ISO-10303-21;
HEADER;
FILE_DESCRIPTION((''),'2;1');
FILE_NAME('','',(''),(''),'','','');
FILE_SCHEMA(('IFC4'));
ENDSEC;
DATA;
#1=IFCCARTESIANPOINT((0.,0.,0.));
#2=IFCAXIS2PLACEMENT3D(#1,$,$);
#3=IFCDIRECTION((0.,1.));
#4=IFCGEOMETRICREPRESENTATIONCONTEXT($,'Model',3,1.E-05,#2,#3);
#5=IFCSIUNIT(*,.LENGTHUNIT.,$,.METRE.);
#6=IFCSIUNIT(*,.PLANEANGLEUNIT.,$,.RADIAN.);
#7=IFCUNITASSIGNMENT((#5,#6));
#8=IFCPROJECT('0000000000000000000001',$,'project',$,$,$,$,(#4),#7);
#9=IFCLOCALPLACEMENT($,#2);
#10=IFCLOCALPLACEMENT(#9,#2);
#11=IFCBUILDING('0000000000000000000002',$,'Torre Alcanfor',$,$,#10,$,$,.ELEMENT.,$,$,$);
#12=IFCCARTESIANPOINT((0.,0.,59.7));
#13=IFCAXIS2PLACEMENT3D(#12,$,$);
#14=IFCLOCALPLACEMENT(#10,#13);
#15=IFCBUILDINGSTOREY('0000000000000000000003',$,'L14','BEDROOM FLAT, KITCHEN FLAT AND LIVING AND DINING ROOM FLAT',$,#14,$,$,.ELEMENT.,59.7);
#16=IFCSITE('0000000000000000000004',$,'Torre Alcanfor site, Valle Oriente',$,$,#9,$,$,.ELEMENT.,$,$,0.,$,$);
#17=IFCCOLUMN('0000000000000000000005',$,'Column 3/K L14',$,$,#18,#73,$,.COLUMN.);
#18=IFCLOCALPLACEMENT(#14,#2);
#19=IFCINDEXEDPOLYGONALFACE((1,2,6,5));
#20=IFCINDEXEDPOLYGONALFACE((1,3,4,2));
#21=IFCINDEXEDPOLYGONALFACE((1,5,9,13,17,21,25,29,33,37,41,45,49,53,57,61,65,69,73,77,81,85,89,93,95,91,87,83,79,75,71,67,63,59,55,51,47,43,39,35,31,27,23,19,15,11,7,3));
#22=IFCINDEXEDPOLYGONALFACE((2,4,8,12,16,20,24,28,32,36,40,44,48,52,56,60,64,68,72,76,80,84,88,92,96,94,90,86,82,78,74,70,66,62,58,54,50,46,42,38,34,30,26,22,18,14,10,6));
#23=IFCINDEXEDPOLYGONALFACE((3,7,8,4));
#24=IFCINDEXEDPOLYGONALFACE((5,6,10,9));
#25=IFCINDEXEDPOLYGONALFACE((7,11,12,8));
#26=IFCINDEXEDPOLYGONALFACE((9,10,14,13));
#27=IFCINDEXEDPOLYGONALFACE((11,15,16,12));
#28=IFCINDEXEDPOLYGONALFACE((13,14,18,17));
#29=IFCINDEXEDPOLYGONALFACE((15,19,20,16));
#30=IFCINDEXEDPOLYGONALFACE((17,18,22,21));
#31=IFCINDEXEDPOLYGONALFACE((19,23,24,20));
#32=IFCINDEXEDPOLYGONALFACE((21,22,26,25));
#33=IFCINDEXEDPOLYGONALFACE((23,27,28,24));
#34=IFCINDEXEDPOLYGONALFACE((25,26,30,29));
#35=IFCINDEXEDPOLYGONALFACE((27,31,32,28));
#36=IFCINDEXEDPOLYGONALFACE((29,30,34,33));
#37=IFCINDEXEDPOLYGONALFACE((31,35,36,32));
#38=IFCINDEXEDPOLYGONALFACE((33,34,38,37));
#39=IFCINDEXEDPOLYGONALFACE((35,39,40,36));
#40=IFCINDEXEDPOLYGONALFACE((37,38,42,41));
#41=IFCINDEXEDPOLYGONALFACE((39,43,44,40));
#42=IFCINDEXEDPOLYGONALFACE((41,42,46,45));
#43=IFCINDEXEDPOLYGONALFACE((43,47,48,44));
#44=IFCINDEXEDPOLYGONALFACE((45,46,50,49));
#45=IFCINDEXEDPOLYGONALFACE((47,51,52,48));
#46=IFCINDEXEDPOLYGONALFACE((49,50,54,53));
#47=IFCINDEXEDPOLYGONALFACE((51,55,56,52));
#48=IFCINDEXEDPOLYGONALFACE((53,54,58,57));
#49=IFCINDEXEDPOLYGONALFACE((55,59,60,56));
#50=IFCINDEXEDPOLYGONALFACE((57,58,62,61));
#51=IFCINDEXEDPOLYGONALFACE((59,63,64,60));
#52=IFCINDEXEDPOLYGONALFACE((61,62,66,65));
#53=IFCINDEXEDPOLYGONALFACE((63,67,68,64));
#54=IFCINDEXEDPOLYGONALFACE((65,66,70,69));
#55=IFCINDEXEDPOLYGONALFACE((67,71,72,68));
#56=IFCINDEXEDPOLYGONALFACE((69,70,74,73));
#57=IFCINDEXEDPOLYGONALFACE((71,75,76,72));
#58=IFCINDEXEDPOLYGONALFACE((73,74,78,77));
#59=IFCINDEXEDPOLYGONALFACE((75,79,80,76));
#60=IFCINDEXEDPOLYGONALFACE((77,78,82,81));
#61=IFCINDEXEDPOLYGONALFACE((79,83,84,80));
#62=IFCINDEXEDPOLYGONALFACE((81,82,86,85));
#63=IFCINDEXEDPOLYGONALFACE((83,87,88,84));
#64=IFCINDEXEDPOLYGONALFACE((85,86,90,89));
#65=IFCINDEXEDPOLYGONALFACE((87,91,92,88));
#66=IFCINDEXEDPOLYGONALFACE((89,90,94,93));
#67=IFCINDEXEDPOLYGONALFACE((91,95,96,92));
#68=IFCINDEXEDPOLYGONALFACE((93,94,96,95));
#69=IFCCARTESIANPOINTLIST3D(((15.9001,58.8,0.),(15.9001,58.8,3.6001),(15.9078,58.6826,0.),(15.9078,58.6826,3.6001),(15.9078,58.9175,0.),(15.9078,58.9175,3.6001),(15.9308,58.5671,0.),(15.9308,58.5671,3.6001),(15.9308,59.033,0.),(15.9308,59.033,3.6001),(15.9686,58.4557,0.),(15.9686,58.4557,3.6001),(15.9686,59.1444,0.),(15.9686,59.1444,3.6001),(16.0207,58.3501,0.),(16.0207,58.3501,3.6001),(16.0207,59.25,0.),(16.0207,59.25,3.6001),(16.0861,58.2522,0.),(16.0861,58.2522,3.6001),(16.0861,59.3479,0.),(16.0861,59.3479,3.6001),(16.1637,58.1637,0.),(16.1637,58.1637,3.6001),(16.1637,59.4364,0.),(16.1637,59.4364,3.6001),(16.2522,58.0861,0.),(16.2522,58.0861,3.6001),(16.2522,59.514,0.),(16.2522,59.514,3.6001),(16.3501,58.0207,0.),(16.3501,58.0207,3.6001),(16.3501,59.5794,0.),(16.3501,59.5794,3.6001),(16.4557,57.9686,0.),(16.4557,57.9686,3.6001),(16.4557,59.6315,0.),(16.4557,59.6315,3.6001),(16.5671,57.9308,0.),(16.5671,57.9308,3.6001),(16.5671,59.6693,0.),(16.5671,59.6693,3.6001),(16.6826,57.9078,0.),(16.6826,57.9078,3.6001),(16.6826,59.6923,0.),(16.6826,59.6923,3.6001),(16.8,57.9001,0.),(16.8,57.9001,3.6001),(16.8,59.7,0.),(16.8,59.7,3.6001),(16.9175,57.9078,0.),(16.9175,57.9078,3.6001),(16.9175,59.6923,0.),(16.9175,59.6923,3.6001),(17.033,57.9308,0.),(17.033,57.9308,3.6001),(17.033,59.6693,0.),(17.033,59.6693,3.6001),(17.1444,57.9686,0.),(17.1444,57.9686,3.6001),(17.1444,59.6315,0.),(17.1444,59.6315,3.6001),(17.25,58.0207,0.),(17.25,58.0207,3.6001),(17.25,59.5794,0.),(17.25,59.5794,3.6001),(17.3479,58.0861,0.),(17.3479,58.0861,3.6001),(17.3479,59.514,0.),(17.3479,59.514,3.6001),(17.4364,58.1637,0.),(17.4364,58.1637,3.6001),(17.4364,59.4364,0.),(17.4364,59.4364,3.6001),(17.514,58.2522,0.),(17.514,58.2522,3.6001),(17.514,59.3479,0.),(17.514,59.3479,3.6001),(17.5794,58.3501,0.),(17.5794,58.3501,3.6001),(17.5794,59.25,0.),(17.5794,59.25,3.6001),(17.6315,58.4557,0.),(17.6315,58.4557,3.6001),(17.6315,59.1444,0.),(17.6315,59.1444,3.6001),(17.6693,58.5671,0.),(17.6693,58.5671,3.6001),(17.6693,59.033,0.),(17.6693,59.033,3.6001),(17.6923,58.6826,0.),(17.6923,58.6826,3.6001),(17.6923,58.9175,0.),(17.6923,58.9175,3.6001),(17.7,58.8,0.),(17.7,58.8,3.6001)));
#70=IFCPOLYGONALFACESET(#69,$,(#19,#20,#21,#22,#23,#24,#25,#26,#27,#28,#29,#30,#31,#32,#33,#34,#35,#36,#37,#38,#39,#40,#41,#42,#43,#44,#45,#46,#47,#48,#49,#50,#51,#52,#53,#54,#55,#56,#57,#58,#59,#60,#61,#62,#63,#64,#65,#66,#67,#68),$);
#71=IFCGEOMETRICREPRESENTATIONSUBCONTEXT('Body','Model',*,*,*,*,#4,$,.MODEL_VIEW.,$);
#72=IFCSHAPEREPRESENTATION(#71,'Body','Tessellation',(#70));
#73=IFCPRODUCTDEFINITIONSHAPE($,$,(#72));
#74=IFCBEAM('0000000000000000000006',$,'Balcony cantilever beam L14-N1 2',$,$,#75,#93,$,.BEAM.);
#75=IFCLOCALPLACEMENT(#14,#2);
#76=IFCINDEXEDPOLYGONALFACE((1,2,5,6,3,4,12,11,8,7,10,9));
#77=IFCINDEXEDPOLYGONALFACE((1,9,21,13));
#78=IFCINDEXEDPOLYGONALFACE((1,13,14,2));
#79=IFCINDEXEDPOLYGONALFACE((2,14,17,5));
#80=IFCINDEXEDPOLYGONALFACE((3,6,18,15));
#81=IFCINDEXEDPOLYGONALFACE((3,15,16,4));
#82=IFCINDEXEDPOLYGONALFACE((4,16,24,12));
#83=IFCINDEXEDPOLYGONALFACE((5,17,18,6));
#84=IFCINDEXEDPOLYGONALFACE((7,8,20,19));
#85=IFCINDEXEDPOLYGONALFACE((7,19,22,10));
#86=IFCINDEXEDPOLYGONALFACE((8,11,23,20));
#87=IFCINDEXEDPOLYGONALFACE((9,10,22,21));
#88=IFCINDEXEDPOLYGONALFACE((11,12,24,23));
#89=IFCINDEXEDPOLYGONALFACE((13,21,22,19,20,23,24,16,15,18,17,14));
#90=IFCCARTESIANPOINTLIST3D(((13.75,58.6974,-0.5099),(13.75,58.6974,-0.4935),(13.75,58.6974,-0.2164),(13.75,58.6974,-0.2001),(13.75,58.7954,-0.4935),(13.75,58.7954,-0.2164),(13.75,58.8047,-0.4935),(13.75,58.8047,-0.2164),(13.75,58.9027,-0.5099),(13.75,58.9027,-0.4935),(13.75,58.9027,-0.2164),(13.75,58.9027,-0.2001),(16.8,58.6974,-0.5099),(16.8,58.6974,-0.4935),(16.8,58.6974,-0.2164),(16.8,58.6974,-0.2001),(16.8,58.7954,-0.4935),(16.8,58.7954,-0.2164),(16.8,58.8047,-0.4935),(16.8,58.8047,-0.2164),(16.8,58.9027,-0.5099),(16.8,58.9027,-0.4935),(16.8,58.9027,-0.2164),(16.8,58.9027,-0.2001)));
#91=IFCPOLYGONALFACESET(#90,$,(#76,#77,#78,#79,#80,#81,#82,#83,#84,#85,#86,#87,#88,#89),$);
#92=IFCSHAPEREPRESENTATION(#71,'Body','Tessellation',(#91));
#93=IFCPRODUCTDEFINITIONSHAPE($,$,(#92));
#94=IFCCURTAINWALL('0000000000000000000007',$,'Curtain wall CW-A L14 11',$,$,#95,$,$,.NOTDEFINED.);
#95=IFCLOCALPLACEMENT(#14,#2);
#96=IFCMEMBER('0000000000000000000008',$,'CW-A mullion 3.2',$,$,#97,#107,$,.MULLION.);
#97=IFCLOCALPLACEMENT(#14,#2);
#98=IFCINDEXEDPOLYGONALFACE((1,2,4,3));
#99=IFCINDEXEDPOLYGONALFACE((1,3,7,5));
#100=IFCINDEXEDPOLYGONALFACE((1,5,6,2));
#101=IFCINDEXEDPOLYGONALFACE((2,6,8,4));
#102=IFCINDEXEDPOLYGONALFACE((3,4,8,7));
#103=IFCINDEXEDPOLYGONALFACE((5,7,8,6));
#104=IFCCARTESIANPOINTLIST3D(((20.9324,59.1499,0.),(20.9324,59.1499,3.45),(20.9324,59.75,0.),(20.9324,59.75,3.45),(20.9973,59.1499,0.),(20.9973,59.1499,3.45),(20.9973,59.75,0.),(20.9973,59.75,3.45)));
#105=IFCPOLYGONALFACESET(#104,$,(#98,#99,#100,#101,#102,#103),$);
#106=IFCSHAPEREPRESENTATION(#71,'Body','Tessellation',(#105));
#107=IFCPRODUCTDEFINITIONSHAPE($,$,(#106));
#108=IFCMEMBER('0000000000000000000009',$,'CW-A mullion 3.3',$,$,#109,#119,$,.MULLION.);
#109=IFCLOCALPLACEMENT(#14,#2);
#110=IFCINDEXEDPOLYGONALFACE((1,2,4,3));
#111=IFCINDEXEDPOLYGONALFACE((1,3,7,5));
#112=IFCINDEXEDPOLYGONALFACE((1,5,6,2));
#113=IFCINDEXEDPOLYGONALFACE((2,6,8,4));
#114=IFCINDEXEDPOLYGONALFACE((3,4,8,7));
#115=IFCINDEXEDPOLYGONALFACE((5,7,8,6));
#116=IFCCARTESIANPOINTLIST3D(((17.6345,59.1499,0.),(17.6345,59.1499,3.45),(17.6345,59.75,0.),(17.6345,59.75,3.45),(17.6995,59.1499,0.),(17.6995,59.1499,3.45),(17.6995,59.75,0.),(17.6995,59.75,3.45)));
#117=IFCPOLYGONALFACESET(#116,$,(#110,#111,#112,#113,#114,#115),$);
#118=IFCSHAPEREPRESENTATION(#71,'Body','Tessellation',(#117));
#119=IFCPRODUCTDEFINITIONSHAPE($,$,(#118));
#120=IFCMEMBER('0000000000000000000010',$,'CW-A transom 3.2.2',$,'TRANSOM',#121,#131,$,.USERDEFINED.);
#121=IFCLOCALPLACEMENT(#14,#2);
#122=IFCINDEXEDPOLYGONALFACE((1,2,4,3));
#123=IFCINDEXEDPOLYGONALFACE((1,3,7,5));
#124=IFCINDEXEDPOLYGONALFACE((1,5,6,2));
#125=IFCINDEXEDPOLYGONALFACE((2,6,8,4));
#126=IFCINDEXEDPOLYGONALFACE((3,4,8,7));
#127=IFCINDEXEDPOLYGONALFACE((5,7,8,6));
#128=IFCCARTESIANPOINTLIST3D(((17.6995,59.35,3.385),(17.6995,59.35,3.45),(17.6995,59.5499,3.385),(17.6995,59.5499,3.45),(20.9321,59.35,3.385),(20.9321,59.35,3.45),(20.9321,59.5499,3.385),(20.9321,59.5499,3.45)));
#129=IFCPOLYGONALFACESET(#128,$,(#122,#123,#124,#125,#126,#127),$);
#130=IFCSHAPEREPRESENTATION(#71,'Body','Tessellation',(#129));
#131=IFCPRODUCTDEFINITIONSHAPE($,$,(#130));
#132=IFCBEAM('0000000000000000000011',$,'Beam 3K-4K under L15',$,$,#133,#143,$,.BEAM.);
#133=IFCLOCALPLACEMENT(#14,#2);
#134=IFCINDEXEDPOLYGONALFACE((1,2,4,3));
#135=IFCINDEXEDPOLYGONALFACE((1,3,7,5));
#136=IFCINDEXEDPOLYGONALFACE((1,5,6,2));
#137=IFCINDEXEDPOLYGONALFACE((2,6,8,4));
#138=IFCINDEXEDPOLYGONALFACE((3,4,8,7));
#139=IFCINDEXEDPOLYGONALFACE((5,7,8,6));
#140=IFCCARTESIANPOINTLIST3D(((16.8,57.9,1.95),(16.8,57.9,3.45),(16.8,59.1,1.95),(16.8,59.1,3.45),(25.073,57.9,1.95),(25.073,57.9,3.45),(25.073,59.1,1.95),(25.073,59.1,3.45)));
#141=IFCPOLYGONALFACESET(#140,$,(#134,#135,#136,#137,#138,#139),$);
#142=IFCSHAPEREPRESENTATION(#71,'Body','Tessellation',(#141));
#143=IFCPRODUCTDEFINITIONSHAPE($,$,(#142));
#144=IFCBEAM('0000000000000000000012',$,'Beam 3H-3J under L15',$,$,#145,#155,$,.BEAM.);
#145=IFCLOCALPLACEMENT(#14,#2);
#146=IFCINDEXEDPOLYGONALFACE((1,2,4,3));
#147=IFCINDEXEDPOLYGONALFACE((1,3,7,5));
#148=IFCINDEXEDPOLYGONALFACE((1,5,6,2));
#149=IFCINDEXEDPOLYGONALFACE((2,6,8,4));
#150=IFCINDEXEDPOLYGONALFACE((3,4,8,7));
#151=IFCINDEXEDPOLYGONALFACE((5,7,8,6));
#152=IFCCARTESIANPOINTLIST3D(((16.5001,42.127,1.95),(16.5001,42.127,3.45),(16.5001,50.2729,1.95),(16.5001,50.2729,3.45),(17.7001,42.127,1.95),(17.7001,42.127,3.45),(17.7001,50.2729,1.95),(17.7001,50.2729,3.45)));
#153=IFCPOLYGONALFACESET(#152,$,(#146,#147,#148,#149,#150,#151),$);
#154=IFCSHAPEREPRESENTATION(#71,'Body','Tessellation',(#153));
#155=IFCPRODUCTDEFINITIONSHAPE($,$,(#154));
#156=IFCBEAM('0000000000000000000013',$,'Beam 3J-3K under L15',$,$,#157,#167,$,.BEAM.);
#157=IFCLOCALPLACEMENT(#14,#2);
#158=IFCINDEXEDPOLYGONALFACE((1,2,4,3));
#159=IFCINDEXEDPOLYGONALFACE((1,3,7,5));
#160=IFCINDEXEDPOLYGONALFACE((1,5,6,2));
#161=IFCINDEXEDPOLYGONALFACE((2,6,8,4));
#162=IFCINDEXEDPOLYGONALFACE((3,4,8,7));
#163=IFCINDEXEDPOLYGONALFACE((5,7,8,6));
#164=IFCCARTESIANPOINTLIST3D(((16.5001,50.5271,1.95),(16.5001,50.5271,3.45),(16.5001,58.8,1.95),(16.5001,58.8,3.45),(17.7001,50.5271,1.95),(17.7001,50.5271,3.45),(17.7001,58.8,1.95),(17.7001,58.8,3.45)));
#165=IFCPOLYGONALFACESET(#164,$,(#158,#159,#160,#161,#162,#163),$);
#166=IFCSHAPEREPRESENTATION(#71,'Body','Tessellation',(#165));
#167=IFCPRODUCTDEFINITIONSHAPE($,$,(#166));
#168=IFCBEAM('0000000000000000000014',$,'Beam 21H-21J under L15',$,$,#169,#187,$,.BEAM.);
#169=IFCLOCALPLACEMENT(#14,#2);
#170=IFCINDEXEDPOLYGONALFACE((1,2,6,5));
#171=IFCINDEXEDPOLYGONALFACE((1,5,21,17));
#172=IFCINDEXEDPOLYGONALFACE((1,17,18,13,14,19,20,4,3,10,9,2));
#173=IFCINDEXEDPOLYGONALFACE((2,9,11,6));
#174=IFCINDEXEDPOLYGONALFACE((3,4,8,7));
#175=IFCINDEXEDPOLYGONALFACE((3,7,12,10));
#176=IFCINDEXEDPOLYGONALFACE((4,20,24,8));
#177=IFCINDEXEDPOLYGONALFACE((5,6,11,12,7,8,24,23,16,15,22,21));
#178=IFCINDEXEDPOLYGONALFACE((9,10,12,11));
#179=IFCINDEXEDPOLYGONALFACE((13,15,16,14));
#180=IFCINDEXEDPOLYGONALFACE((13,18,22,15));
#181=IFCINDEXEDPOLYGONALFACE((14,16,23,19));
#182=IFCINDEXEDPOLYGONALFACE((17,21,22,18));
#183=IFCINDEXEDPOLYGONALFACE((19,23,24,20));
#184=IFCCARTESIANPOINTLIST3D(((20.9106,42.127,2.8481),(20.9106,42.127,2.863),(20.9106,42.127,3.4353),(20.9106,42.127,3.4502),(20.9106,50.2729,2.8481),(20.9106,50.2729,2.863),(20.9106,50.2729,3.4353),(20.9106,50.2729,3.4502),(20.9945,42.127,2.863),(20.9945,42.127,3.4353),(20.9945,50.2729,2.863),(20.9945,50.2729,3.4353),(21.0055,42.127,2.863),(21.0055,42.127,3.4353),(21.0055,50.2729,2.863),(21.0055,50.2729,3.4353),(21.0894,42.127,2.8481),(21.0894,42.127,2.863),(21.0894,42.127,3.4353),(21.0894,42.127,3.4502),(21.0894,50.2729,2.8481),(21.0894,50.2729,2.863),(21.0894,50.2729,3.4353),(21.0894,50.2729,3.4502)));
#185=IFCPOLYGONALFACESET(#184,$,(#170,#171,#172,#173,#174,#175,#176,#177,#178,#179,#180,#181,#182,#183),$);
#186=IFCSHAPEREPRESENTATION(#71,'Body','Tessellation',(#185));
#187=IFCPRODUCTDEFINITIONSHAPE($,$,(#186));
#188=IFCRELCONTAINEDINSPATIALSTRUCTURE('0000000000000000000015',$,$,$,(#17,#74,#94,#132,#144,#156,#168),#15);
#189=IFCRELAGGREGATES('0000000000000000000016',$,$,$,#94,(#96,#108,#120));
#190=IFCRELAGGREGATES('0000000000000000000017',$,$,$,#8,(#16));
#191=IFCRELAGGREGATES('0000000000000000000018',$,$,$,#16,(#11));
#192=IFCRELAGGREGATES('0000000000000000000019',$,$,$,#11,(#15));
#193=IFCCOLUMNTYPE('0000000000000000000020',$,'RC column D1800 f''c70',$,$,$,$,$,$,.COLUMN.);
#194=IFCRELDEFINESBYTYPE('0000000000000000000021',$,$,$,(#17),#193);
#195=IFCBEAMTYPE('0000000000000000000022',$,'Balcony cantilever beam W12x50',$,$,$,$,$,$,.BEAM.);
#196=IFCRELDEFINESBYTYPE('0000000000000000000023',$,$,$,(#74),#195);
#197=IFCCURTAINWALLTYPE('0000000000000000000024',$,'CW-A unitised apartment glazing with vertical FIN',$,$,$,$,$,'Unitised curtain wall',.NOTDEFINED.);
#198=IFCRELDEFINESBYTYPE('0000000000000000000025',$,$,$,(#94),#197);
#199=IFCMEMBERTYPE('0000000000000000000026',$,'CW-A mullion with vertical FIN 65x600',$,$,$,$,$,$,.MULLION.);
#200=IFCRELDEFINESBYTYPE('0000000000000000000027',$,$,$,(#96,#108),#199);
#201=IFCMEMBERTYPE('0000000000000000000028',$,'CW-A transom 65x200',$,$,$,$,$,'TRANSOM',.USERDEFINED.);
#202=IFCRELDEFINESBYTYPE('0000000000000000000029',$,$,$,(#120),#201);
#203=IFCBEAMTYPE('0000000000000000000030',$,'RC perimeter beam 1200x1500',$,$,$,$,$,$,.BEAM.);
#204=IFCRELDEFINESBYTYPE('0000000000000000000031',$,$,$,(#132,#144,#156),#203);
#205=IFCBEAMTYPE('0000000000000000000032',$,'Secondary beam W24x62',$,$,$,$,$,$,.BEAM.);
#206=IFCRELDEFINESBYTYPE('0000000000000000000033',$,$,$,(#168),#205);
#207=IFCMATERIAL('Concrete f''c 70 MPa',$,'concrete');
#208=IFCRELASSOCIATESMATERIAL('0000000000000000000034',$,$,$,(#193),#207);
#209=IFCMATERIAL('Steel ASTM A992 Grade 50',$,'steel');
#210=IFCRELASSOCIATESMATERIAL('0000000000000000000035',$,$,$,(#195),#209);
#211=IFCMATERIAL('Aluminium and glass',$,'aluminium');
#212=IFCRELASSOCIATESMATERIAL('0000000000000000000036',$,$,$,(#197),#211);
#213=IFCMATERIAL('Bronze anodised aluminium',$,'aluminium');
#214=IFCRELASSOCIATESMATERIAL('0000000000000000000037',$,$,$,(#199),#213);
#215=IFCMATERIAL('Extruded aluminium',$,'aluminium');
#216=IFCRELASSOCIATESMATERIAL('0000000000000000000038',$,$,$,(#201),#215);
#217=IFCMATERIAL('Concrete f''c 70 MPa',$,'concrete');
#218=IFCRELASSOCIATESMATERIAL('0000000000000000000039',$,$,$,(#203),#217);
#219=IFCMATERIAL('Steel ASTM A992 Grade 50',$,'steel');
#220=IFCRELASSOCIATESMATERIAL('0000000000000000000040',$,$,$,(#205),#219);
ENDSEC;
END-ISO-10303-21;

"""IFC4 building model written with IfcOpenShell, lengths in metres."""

from ifc_helpers import new_model, si_unit, direction, frame, origin, origin_2d, place, context, subcontext, project, spatial, rectangle, circle, i_section, extrude, material, material_profile, profile_set, type_object, element, aggregate, save


model = new_model("IFC4")

# Units and contexts
model_context = context("Model", 3, precision=1e-05, world=origin(), true_north=direction((0.0, 1.0)))
body_context = subcontext(model_context, "Body", "Model", "MODEL_VIEW")
ifc_project = project(units=[si_unit("LENGTHUNIT", "METRE"), si_unit("PLANEANGLEUNIT", "RADIAN")], contexts=[model_context])

# Site, building, storey
site_placement = place(None, origin())
site = spatial("IfcSite", under=ifc_project, at=site_placement, Name="Torre Alcanfor site, Valle Oriente", CompositionType="ELEMENT", RefElevation=0.0)
building_placement = place(site_placement, origin())
building = spatial("IfcBuilding", under=site, at=building_placement, Name="Torre Alcanfor", CompositionType="ELEMENT")
storey_placement = place(building_placement, frame((0.0, 0.0, 59.7)))
storey = spatial("IfcBuildingStorey", under=building, at=storey_placement, Name="L14", Description="BEDROOM FLAT, KITCHEN FLAT AND LIVING AND DINING ROOM FLAT", CompositionType="ELEMENT", Elevation=59.7)

# Column
ifc_material_1 = material(Name="Concrete f'c 70 MPa", Category="concrete")
ifc_material_profile_1 = material_profile(ifc_material_1, circle(Radius=0.8999, at=origin_2d()), Name="D1800")
ifc_profile_set_1 = profile_set([ifc_material_profile_1], Name="Concrete f'c 70 MPa")
column_type = type_object("IfcColumnType", Name="RC column D1800 f'c70", PredefinedType="COLUMN", material=ifc_profile_set_1)
column_placement = place(storey_placement, frame((16.8, 58.8, 0.0), z_axis=(0.0, 0.0, 1.0), x_axis=(1.0, 0.0, 0.0)))
element("IfcColumn", 1, at=column_placement, inside=storey, type_object=column_type, Name="Column 3/K L14", PredefinedType="COLUMN", context=body_context, shape_type="SweptSolid", body=[
    extrude(circle(Radius=0.8999, at=origin_2d()), origin(), (0.0, 0.0, 1.0), 3.6001),
])

# Beam
ifc_material_2 = material(Name="Steel ASTM A992 Grade 50", Category="steel")
ifc_material_profile_2 = material_profile(ifc_material_2, i_section(OverallWidth=0.2053, OverallDepth=0.3098, WebThickness=0.0093, FlangeThickness=0.0164, at=origin_2d()), Name="W12x50")
ifc_profile_set_2 = profile_set([ifc_material_profile_2], Name="Steel ASTM A992 Grade 50")
beam_type_1 = type_object("IfcBeamType", Name="Balcony cantilever beam W12x50", PredefinedType="BEAM", material=ifc_profile_set_2)
beam_1_placement = place(storey_placement, frame((16.8, 58.8, -0.355), z_axis=(-1.0, 0.0, 0.0), x_axis=(0.0, -1.0, 0.0)))
element("IfcBeam", 2, at=beam_1_placement, inside=storey, type_object=beam_type_1, Name="Balcony cantilever beam L14-N1 2", PredefinedType="BEAM", context=body_context, shape_type="SweptSolid", body=[
    extrude(i_section(OverallWidth=0.2053, OverallDepth=0.3098, WebThickness=0.0093, FlangeThickness=0.0164, at=origin_2d()), origin(), (0.0, 0.0, 1.0), 3.05),
])

# Curtain wall, members
ifc_material_3 = material(Name="Aluminium and glass", Category="aluminium")
curtain_wall_type = type_object("IfcCurtainWallType", Name="CW-A unitised apartment glazing with vertical FIN", ElementType="Unitised curtain wall", PredefinedType="NOTDEFINED", material=ifc_material_3)
curtain_wall_placement = place(storey_placement, origin())
curtain_wall = element("IfcCurtainWall", 3, at=curtain_wall_placement, inside=storey, type_object=curtain_wall_type, Name="Curtain wall CW-A L14 11", PredefinedType="NOTDEFINED")
ifc_material_4 = material(Name="Bronze anodised aluminium", Category="aluminium")
ifc_material_profile_3 = material_profile(ifc_material_4, rectangle(XDim=0.6001, YDim=0.0649, at=origin_2d()), Name="CW-A mullion 65x600")
ifc_profile_set_3 = profile_set([ifc_material_profile_3], Name="Bronze anodised aluminium")
member_type_1 = type_object("IfcMemberType", Name="CW-A mullion with vertical FIN 65x600", PredefinedType="MULLION", material=ifc_profile_set_3)
member_1_placement = place(storey_placement, frame((20.9648, 59.45, 0.0), z_axis=(0.0, 0.0, 1.0), x_axis=(0.0, -1.0, 0.0)))
member_1 = element("IfcMember", 4, at=member_1_placement, type_object=member_type_1, Name="CW-A mullion 3.2", PredefinedType="MULLION", context=body_context, shape_type="SweptSolid", body=[
    extrude(rectangle(XDim=0.6001, YDim=0.0649, at=origin_2d()), origin(), (0.0, 0.0, 1.0), 3.45),
])
member_2_placement = place(storey_placement, frame((17.667, 59.45, 0.0), z_axis=(0.0, 0.0, 1.0), x_axis=(0.0, -1.0, 0.0)))
member_2 = element("IfcMember", 5, at=member_2_placement, type_object=member_type_1, Name="CW-A mullion 3.3", PredefinedType="MULLION", context=body_context, shape_type="SweptSolid", body=[
    extrude(rectangle(XDim=0.6001, YDim=0.0649, at=origin_2d()), origin(), (0.0, 0.0, 1.0), 3.45),
])
ifc_material_5 = material(Name="Extruded aluminium", Category="aluminium")
ifc_material_profile_4 = material_profile(ifc_material_5, rectangle(XDim=0.2, YDim=0.0649, at=origin_2d()), Name="CW-A transom 200x65")
ifc_profile_set_4 = profile_set([ifc_material_profile_4], Name="Extruded aluminium")
member_type_2 = type_object("IfcMemberType", Name="CW-A transom 65x200", ElementType="TRANSOM", PredefinedType="USERDEFINED", material=ifc_profile_set_4)
member_3_placement = place(storey_placement, frame((20.9321, 59.45, 3.4175), z_axis=(-1.0, 0.0, 0.0), x_axis=(0.0, -1.0, 0.0)))
member_3 = element("IfcMember", 6, at=member_3_placement, type_object=member_type_2, Name="CW-A transom 3.2.2", ObjectType="TRANSOM", PredefinedType="USERDEFINED", context=body_context, shape_type="SweptSolid", body=[
    extrude(rectangle(XDim=0.2, YDim=0.0649, at=origin_2d()), origin(), (0.0, 0.0, 1.0), 3.2327),
])

# Beams
ifc_material_6 = material(Name="Concrete f'c 70 MPa", Category="concrete")
ifc_material_profile_5 = material_profile(ifc_material_6, rectangle(XDim=1.2, YDim=1.5, at=origin_2d()), Name="1200x1500")
ifc_profile_set_5 = profile_set([ifc_material_profile_5], Name="Concrete f'c 70 MPa")
beam_type_2 = type_object("IfcBeamType", Name="RC perimeter beam 1200x1500", PredefinedType="BEAM", material=ifc_profile_set_5)
beam_2_placement = place(storey_placement, frame((16.8, 58.5, 2.7), z_axis=(1.0, 0.0, 0.0), x_axis=(0.0, 1.0, 0.0)))
element("IfcBeam", 7, at=beam_2_placement, inside=storey, type_object=beam_type_2, Name="Beam 3K-4K under L15", PredefinedType="BEAM", context=body_context, shape_type="SweptSolid", body=[
    extrude(rectangle(XDim=1.2, YDim=1.5, at=origin_2d()), origin(), (0.0, 0.0, 1.0), 8.2729),
])
beam_3_placement = place(storey_placement, frame((17.1001, 42.127, 2.7), z_axis=(0.0, 1.0, 0.0), x_axis=(-1.0, 0.0, 0.0)))
element("IfcBeam", 8, at=beam_3_placement, inside=storey, type_object=beam_type_2, Name="Beam 3H-3J under L15", PredefinedType="BEAM", context=body_context, shape_type="SweptSolid", body=[
    extrude(rectangle(XDim=1.2, YDim=1.5, at=origin_2d()), origin(), (0.0, 0.0, 1.0), 8.146),
])
beam_4_placement = place(storey_placement, frame((17.1001, 50.5271, 2.7), z_axis=(0.0, 1.0, 0.0), x_axis=(-1.0, 0.0, 0.0)))
element("IfcBeam", 9, at=beam_4_placement, inside=storey, type_object=beam_type_2, Name="Beam 3J-3K under L15", PredefinedType="BEAM", context=body_context, shape_type="SweptSolid", body=[
    extrude(rectangle(XDim=1.2, YDim=1.5, at=origin_2d()), origin(), (0.0, 0.0, 1.0), 8.2729),
])
ifc_material_7 = material(Name="Steel ASTM A992 Grade 50", Category="steel")
ifc_material_profile_6 = material_profile(ifc_material_7, i_section(OverallWidth=0.1787, OverallDepth=0.6021, WebThickness=0.011, FlangeThickness=0.0149, at=origin_2d()), Name="W24x62")
ifc_profile_set_6 = profile_set([ifc_material_profile_6], Name="Steel ASTM A992 Grade 50")
beam_type_3 = type_object("IfcBeamType", Name="Secondary beam W24x62", PredefinedType="BEAM", material=ifc_profile_set_6)
beam_5_placement = place(storey_placement, frame((21.0, 42.127, 3.1492), z_axis=(0.0, 1.0, 0.0), x_axis=(-1.0, 0.0, 0.0)))
element("IfcBeam", 10, at=beam_5_placement, inside=storey, type_object=beam_type_3, Name="Beam 21H-21J under L15", PredefinedType="BEAM", context=body_context, shape_type="SweptSolid", body=[
    extrude(i_section(OverallWidth=0.1787, OverallDepth=0.6021, WebThickness=0.011, FlangeThickness=0.0149, at=origin_2d()), origin(), (0.0, 0.0, 1.0), 8.146),
])

aggregate(curtain_wall, [member_1, member_2, member_3])

save(model, "model.ifc")
